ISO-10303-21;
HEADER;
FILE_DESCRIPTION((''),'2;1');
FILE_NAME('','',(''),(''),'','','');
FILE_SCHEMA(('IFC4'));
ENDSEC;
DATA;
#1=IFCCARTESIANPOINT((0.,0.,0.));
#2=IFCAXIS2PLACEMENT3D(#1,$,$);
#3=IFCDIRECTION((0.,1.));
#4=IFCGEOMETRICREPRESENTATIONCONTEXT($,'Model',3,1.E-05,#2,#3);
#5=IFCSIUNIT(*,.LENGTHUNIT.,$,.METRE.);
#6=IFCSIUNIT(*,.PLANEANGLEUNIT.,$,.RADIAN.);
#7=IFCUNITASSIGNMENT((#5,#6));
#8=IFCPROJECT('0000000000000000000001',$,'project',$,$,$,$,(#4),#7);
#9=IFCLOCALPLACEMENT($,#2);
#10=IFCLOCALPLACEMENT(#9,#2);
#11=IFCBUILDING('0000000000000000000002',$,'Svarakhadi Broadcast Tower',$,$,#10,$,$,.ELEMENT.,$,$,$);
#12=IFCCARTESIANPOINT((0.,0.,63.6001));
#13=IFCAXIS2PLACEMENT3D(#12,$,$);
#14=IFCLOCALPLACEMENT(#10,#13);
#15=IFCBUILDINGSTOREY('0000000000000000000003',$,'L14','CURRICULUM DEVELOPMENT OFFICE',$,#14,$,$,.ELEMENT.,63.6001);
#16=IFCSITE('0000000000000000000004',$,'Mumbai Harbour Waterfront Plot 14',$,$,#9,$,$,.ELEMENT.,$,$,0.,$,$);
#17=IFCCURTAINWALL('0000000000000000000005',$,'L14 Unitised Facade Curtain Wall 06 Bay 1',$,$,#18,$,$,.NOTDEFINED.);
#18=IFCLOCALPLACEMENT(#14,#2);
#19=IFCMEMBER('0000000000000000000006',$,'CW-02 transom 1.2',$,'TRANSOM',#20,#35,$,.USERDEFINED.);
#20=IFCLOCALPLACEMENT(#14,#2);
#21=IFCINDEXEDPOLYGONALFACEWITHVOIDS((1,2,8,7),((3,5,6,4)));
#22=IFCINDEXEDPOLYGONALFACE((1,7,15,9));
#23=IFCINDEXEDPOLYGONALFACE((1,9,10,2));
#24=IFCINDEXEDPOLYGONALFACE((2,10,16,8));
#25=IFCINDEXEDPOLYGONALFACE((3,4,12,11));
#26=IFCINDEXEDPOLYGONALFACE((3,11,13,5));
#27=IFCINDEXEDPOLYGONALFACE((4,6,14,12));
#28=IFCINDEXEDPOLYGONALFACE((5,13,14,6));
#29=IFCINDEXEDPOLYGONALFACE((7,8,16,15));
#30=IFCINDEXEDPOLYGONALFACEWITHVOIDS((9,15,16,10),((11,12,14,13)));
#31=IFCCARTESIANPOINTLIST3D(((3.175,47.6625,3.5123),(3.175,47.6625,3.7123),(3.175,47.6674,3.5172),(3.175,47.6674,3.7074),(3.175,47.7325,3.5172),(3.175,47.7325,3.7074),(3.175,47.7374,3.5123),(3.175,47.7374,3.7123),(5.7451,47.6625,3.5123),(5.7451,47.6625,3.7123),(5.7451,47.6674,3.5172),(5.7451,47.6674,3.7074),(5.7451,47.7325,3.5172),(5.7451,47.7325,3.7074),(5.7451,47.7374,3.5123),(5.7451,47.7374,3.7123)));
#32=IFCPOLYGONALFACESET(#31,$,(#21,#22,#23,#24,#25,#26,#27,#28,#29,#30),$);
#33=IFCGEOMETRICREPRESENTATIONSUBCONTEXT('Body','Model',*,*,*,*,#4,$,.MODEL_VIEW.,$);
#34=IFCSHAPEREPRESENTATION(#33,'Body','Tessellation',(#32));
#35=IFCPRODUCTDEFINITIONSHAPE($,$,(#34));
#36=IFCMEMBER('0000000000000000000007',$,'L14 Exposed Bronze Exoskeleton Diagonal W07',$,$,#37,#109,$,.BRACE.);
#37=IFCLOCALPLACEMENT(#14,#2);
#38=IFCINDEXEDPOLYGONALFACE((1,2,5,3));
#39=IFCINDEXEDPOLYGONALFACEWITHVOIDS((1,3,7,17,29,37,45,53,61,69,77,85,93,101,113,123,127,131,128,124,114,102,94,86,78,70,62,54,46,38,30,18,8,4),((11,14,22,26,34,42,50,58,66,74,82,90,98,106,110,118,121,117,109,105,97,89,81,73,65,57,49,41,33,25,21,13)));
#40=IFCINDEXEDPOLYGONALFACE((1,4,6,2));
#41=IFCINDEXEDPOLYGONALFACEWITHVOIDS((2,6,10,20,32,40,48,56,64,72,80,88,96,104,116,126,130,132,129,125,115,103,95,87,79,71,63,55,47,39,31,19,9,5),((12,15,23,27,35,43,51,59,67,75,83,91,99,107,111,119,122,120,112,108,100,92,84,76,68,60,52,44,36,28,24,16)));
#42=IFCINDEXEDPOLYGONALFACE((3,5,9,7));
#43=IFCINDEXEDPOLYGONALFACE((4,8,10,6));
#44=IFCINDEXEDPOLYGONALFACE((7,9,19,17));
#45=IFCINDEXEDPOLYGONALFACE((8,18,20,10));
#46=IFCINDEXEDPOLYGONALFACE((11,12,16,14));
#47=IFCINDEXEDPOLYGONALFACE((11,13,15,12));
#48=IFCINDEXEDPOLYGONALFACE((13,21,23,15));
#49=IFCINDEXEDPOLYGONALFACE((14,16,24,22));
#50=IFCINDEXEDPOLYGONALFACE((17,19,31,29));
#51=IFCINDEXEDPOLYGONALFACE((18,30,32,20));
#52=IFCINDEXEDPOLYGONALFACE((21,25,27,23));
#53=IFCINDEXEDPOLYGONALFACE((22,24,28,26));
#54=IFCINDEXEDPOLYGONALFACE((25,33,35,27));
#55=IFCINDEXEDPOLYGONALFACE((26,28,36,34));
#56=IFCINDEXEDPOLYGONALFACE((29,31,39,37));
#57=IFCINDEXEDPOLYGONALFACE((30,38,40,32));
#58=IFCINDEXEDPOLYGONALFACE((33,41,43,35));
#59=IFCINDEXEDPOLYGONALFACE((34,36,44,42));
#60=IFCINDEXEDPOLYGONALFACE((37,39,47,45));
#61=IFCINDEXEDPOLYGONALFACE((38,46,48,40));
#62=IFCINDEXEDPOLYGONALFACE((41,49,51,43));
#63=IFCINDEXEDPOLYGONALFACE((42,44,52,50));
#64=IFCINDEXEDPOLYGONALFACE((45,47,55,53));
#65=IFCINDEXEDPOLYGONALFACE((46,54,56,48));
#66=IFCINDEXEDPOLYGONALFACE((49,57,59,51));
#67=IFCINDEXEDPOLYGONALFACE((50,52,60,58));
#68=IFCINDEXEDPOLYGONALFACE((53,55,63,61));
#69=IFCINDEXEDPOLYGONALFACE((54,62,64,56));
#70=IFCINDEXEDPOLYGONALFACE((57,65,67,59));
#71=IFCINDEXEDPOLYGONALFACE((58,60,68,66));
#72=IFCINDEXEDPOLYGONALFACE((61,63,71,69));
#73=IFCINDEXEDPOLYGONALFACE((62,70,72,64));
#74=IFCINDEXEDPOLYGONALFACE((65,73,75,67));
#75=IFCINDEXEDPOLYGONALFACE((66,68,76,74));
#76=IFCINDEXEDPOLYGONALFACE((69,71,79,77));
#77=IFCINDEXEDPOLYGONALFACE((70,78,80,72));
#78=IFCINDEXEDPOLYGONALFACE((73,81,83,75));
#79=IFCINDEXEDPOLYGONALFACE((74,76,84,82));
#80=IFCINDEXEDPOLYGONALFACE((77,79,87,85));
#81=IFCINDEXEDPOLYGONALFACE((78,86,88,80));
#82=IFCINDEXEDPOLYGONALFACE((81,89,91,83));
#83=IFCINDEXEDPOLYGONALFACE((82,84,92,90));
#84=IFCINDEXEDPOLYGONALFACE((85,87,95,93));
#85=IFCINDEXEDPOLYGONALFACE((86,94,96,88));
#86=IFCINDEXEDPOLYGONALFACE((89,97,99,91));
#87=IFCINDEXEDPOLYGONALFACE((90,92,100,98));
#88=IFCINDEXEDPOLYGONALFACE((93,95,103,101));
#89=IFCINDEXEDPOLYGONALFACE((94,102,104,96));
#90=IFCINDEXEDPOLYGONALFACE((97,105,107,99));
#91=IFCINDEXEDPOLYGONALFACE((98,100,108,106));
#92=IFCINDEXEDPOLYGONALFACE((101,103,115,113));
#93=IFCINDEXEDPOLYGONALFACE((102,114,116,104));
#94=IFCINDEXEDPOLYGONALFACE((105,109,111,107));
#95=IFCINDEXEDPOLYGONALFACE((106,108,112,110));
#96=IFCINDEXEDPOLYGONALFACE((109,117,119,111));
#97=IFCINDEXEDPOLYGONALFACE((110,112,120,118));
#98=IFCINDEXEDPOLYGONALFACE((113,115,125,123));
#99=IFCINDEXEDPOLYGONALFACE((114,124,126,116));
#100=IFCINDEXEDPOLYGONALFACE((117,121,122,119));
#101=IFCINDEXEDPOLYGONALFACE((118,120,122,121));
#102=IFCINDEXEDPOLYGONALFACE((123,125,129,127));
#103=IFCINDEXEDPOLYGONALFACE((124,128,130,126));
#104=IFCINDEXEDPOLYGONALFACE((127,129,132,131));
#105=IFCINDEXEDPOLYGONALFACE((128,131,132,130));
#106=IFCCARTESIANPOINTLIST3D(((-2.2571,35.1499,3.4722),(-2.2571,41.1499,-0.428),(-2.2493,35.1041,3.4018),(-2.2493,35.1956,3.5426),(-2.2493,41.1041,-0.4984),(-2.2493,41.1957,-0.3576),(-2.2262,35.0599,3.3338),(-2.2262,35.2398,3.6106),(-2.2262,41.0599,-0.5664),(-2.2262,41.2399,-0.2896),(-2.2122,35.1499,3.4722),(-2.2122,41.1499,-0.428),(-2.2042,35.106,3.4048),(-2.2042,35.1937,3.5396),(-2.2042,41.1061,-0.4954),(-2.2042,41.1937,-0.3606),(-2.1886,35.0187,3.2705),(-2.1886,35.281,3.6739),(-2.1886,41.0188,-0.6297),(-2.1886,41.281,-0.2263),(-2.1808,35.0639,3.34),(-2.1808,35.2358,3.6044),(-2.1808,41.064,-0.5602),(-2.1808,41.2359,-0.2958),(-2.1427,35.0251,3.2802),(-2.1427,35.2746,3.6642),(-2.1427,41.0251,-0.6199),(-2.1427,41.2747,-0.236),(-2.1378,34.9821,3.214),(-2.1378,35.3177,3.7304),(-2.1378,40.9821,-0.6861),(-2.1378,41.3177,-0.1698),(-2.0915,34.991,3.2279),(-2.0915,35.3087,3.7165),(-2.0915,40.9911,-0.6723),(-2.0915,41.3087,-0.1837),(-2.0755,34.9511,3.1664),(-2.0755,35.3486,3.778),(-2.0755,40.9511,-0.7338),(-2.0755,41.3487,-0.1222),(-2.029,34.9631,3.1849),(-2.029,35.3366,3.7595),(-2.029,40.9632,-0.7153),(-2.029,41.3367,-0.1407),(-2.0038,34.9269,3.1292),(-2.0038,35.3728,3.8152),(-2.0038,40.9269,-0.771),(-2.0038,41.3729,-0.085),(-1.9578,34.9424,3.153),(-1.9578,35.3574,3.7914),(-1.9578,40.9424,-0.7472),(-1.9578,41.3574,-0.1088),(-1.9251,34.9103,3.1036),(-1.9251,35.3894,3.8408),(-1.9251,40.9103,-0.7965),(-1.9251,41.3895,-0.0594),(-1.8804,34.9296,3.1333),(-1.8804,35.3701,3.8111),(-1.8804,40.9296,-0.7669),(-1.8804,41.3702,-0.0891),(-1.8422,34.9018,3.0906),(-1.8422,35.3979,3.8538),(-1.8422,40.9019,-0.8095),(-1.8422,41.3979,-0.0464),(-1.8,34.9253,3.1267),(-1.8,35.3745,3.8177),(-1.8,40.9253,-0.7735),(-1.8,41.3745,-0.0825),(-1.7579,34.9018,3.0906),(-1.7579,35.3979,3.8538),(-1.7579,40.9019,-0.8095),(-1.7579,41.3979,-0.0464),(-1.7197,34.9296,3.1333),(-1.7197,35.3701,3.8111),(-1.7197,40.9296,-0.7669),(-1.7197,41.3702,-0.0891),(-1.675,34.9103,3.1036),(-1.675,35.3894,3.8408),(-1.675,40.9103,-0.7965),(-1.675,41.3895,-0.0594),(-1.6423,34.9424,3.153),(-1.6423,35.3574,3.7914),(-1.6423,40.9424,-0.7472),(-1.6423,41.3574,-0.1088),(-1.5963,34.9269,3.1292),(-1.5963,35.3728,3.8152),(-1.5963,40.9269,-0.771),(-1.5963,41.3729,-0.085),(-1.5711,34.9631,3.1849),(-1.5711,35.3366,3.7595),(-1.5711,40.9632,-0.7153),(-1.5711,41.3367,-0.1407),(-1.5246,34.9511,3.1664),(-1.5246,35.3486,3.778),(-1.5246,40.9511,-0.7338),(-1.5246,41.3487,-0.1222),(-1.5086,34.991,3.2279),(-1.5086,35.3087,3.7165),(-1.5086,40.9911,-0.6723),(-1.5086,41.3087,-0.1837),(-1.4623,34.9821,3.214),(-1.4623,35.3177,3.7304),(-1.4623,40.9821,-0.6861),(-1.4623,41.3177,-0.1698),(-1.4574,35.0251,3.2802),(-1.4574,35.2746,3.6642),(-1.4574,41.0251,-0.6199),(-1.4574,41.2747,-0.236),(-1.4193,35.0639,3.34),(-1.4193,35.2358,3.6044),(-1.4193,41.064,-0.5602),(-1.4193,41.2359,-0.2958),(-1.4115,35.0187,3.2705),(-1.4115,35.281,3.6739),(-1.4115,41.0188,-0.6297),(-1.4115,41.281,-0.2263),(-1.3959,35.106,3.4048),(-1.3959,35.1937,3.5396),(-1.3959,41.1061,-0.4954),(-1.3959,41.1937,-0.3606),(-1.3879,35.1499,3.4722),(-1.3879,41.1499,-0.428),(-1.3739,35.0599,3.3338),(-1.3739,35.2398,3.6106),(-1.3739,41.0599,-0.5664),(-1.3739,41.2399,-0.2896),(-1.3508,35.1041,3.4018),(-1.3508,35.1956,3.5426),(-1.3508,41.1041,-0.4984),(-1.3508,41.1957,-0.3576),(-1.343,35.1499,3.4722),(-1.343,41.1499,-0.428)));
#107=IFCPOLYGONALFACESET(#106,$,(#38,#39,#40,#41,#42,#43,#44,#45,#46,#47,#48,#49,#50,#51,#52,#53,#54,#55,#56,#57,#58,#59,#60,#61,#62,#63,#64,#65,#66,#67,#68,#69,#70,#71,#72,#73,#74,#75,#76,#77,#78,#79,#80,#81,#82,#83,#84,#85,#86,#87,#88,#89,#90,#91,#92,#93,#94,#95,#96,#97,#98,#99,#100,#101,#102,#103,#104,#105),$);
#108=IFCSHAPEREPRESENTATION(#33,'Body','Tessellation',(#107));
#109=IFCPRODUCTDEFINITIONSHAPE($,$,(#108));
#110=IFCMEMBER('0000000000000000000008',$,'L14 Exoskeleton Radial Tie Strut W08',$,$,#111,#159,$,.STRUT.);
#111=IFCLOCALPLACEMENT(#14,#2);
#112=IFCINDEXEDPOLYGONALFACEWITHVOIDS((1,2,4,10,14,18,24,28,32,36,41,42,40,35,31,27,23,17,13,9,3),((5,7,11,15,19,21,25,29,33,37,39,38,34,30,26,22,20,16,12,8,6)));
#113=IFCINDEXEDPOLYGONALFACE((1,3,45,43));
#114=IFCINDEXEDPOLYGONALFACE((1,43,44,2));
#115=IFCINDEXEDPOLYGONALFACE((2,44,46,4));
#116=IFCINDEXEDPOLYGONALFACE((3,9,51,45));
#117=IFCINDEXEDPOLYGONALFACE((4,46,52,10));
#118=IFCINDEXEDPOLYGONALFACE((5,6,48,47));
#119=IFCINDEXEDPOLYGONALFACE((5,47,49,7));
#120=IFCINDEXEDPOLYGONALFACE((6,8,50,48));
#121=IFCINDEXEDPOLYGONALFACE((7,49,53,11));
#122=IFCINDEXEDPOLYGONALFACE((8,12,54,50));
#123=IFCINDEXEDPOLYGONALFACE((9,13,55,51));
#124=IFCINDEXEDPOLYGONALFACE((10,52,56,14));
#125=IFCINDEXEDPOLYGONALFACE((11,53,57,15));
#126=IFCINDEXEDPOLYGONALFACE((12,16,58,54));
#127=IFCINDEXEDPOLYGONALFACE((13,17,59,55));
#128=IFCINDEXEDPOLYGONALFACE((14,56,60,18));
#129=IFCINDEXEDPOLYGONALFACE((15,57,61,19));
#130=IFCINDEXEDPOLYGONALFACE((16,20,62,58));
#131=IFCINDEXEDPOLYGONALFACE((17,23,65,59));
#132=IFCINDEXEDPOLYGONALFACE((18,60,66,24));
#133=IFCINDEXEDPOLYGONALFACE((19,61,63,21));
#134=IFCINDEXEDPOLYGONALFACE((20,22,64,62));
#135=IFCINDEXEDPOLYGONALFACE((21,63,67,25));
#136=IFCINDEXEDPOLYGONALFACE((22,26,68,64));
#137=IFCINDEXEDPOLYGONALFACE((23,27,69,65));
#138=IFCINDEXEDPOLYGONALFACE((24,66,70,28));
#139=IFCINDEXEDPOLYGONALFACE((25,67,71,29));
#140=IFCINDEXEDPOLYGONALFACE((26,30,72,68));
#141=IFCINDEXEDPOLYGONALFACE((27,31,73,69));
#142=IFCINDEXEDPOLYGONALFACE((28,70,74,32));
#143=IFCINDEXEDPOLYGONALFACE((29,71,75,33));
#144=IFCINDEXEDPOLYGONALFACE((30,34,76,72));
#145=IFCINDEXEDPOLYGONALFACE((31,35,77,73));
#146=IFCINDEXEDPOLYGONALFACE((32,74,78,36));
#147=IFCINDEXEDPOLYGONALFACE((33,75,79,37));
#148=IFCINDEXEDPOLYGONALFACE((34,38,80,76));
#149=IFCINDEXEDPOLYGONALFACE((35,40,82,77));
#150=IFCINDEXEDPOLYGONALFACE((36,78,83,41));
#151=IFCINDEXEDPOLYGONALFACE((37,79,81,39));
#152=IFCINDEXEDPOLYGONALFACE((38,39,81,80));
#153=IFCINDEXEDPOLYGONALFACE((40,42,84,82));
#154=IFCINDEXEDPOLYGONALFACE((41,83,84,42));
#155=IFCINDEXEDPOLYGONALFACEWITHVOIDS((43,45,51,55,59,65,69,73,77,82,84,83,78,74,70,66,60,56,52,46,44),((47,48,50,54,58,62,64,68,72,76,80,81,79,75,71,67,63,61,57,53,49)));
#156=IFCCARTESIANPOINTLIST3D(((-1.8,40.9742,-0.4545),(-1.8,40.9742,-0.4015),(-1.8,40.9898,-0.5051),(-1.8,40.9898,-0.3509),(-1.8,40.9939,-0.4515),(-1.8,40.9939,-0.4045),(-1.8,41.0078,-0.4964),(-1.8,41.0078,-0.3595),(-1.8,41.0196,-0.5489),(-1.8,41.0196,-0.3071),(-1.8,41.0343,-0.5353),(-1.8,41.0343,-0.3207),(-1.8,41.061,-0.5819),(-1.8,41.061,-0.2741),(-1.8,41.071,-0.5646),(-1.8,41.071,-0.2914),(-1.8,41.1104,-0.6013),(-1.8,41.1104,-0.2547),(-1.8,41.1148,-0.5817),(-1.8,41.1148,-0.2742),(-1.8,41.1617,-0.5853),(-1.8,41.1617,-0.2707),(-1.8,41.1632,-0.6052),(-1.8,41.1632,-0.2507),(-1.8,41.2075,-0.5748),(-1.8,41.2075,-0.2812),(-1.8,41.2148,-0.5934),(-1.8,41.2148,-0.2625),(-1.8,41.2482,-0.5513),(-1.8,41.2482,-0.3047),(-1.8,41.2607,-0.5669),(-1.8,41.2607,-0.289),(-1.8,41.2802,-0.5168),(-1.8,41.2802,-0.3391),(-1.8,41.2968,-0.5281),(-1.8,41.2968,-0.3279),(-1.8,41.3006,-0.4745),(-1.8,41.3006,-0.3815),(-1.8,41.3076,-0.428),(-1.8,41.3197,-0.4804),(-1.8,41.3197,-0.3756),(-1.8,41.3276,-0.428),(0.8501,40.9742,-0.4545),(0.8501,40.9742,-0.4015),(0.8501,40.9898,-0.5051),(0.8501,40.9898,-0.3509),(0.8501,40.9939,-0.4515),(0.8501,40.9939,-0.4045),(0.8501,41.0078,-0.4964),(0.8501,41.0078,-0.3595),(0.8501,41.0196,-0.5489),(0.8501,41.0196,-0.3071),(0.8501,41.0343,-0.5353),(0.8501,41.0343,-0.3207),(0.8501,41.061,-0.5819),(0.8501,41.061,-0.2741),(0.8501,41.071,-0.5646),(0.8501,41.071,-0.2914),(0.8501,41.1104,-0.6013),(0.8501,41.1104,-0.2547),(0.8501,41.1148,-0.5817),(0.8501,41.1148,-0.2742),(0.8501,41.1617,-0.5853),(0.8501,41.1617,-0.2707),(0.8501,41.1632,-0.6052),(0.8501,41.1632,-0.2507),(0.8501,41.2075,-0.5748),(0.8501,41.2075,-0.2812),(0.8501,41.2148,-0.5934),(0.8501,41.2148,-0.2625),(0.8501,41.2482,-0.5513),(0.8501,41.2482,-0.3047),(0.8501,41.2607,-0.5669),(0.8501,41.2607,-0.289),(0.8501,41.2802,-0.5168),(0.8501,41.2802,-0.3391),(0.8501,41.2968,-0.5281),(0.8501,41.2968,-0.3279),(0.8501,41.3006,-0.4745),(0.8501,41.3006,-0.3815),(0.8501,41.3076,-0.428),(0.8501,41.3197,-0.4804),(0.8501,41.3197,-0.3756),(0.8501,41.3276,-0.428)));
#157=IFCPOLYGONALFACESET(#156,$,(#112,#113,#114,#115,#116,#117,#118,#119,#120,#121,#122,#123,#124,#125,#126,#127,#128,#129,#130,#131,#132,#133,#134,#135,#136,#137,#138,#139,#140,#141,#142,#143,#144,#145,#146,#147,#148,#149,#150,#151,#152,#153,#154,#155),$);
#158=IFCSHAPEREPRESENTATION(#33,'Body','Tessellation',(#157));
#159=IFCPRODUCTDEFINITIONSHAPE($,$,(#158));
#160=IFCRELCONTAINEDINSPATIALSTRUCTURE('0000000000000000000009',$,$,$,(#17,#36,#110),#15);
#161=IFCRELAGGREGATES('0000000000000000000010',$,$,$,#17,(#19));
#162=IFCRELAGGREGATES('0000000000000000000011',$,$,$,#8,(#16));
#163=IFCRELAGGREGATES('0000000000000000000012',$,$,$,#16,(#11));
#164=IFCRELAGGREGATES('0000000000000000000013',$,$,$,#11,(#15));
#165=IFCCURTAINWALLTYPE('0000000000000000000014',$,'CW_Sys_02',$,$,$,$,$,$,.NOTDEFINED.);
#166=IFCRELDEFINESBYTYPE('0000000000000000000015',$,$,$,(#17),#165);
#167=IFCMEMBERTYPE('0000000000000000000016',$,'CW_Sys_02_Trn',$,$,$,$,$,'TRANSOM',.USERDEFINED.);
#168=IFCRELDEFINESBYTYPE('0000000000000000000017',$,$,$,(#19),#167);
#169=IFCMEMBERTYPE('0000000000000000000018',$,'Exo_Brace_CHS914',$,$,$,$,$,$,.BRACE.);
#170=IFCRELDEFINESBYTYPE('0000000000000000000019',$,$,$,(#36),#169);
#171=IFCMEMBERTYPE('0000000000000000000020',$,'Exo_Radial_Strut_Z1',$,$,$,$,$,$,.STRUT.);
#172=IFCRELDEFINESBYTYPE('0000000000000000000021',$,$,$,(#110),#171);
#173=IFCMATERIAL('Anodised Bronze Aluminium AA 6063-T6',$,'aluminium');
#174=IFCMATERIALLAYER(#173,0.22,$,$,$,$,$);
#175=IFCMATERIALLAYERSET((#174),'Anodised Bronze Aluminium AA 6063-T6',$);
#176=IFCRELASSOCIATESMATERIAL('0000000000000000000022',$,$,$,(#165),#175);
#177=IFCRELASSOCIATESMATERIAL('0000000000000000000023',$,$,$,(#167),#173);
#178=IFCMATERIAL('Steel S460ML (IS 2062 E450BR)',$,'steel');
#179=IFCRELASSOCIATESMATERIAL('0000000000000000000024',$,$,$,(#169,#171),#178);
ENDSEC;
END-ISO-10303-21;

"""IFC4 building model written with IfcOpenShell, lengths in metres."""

from ifc_helpers import new_model, si_unit, direction, frame, origin, origin_2d, place, context, subcontext, project, spatial, hollow_rectangle, hollow_circle, extrude, material, layer, layer_set, material_profile, profile_set, type_object, element, aggregate, save


model = new_model("IFC4")

# Units and contexts
model_context = context("Model", 3, precision=1e-05, world=origin(), true_north=direction((0.0, 1.0)))
body_context = subcontext(model_context, "Body", "Model", "MODEL_VIEW")
ifc_project = project(units=[si_unit("LENGTHUNIT", "METRE"), si_unit("PLANEANGLEUNIT", "RADIAN")], contexts=[model_context])

# Site, building, storey
site_placement = place(None, origin())
site = spatial("IfcSite", under=ifc_project, at=site_placement, Name="Mumbai Harbour Waterfront Plot 14", CompositionType="ELEMENT", RefElevation=0.0)
building_placement = place(site_placement, origin())
building = spatial("IfcBuilding", under=site, at=building_placement, Name="Svarakhadi Broadcast Tower", CompositionType="ELEMENT")
storey_placement = place(building_placement, frame((0.0, 0.0, 63.6001)))
storey = spatial("IfcBuildingStorey", under=building, at=storey_placement, Name="L14", Description="CURRICULUM DEVELOPMENT OFFICE", CompositionType="ELEMENT", Elevation=63.6001)

# Shared definitions
ifc_material_1 = material(Name="Steel S460ML (IS 2062 E450BR)", Category="steel")

# Curtain wall
ifc_material_2 = material(Name="Anodised Bronze Aluminium AA 6063-T6", Category="aluminium")
ifc_layer_1 = layer(ifc_material_2, 0.22)
ifc_layer_set_1 = layer_set([ifc_layer_1], Name="Anodised Bronze Aluminium AA 6063-T6")
curtain_wall_type = type_object("IfcCurtainWallType", Name="CW_Sys_02", PredefinedType="NOTDEFINED", material=ifc_layer_set_1)
curtain_wall_1_placement = place(storey_placement, origin())
curtain_wall_1 = element("IfcCurtainWall", 1, at=curtain_wall_1_placement, inside=storey, type_object=curtain_wall_type, Name="L14 Unitised Facade Curtain Wall 06 Bay 1", PredefinedType="NOTDEFINED")

# Member
ifc_material_profile_1 = material_profile(ifc_material_2, hollow_rectangle(XDim=0.075, YDim=0.2, WallThickness=0.0049, at=origin_2d()), Name="ALU TRANSOM 200x75x5")
ifc_profile_set_1 = profile_set([ifc_material_profile_1], Name="Anodised Bronze Aluminium AA 6063-T6")
member_type_1 = type_object("IfcMemberType", Name="CW_Sys_02_Trn", ElementType="TRANSOM", PredefinedType="USERDEFINED", material=ifc_profile_set_1)
member_1_placement = place(storey_placement, frame((3.175, 47.7, 3.6123), z_axis=(1.0, 0.0, 0.0), x_axis=(0.0, 1.0, 0.0)))
member_1 = element("IfcMember", 2, at=member_1_placement, type_object=member_type_1, Name="CW-02 transom 1.2", ObjectType="TRANSOM", PredefinedType="USERDEFINED", context=body_context, shape_type="SweptSolid", body=[
    extrude(hollow_rectangle(XDim=0.075, YDim=0.2, WallThickness=0.0049, at=origin_2d()), origin(), (0.0, 0.0, 1.0), 2.5701),
])

# Members
ifc_material_profile_2 = material_profile(ifc_material_1, hollow_circle(Radius=0.457, WallThickness=0.0449, at=origin_2d()), Name="CHS 914x45")
ifc_profile_set_2 = profile_set([ifc_material_profile_2], Name="Steel S460ML (IS 2062 E450BR)")
member_type_2 = type_object("IfcMemberType", Name="Exo_Brace_CHS914", PredefinedType="BRACE", material=ifc_profile_set_2)
member_2_placement = place(storey_placement, frame((-1.8, 41.1499, -0.428), z_axis=(0.0, -0.838434, 0.545003), x_axis=(1.0, 0.0, 0.0)))
element("IfcMember", 3, at=member_2_placement, inside=storey, type_object=member_type_2, Name="L14 Exposed Bronze Exoskeleton Diagonal W07", PredefinedType="BRACE", context=body_context, shape_type="SweptSolid", body=[
    extrude(hollow_circle(Radius=0.457, WallThickness=0.0449, at=origin_2d()), origin(), (0.0, 0.0, 1.0), 7.1562),
])
ifc_material_profile_3 = material_profile(ifc_material_1, hollow_circle(Radius=0.1777, WallThickness=0.02, at=origin_2d()), Name="CHS 355.6x20")
ifc_profile_set_3 = profile_set([ifc_material_profile_3], Name="Steel S460ML (IS 2062 E450BR)")
member_type_3 = type_object("IfcMemberType", Name="Exo_Radial_Strut_Z1", PredefinedType="STRUT", material=ifc_profile_set_3)
member_3_placement = place(storey_placement, frame((-1.8, 41.1499, -0.428), z_axis=(1.0, 0.0, 0.0), x_axis=(0.0, 1.0, 0.0)))
element("IfcMember", 4, at=member_3_placement, inside=storey, type_object=member_type_3, Name="L14 Exoskeleton Radial Tie Strut W08", PredefinedType="STRUT", context=body_context, shape_type="SweptSolid", body=[
    extrude(hollow_circle(Radius=0.1777, WallThickness=0.02, at=origin_2d()), origin(), (0.0, 0.0, 1.0), 2.6501),
])

aggregate(curtain_wall_1, [member_1])

save(model, "model.ifc")
